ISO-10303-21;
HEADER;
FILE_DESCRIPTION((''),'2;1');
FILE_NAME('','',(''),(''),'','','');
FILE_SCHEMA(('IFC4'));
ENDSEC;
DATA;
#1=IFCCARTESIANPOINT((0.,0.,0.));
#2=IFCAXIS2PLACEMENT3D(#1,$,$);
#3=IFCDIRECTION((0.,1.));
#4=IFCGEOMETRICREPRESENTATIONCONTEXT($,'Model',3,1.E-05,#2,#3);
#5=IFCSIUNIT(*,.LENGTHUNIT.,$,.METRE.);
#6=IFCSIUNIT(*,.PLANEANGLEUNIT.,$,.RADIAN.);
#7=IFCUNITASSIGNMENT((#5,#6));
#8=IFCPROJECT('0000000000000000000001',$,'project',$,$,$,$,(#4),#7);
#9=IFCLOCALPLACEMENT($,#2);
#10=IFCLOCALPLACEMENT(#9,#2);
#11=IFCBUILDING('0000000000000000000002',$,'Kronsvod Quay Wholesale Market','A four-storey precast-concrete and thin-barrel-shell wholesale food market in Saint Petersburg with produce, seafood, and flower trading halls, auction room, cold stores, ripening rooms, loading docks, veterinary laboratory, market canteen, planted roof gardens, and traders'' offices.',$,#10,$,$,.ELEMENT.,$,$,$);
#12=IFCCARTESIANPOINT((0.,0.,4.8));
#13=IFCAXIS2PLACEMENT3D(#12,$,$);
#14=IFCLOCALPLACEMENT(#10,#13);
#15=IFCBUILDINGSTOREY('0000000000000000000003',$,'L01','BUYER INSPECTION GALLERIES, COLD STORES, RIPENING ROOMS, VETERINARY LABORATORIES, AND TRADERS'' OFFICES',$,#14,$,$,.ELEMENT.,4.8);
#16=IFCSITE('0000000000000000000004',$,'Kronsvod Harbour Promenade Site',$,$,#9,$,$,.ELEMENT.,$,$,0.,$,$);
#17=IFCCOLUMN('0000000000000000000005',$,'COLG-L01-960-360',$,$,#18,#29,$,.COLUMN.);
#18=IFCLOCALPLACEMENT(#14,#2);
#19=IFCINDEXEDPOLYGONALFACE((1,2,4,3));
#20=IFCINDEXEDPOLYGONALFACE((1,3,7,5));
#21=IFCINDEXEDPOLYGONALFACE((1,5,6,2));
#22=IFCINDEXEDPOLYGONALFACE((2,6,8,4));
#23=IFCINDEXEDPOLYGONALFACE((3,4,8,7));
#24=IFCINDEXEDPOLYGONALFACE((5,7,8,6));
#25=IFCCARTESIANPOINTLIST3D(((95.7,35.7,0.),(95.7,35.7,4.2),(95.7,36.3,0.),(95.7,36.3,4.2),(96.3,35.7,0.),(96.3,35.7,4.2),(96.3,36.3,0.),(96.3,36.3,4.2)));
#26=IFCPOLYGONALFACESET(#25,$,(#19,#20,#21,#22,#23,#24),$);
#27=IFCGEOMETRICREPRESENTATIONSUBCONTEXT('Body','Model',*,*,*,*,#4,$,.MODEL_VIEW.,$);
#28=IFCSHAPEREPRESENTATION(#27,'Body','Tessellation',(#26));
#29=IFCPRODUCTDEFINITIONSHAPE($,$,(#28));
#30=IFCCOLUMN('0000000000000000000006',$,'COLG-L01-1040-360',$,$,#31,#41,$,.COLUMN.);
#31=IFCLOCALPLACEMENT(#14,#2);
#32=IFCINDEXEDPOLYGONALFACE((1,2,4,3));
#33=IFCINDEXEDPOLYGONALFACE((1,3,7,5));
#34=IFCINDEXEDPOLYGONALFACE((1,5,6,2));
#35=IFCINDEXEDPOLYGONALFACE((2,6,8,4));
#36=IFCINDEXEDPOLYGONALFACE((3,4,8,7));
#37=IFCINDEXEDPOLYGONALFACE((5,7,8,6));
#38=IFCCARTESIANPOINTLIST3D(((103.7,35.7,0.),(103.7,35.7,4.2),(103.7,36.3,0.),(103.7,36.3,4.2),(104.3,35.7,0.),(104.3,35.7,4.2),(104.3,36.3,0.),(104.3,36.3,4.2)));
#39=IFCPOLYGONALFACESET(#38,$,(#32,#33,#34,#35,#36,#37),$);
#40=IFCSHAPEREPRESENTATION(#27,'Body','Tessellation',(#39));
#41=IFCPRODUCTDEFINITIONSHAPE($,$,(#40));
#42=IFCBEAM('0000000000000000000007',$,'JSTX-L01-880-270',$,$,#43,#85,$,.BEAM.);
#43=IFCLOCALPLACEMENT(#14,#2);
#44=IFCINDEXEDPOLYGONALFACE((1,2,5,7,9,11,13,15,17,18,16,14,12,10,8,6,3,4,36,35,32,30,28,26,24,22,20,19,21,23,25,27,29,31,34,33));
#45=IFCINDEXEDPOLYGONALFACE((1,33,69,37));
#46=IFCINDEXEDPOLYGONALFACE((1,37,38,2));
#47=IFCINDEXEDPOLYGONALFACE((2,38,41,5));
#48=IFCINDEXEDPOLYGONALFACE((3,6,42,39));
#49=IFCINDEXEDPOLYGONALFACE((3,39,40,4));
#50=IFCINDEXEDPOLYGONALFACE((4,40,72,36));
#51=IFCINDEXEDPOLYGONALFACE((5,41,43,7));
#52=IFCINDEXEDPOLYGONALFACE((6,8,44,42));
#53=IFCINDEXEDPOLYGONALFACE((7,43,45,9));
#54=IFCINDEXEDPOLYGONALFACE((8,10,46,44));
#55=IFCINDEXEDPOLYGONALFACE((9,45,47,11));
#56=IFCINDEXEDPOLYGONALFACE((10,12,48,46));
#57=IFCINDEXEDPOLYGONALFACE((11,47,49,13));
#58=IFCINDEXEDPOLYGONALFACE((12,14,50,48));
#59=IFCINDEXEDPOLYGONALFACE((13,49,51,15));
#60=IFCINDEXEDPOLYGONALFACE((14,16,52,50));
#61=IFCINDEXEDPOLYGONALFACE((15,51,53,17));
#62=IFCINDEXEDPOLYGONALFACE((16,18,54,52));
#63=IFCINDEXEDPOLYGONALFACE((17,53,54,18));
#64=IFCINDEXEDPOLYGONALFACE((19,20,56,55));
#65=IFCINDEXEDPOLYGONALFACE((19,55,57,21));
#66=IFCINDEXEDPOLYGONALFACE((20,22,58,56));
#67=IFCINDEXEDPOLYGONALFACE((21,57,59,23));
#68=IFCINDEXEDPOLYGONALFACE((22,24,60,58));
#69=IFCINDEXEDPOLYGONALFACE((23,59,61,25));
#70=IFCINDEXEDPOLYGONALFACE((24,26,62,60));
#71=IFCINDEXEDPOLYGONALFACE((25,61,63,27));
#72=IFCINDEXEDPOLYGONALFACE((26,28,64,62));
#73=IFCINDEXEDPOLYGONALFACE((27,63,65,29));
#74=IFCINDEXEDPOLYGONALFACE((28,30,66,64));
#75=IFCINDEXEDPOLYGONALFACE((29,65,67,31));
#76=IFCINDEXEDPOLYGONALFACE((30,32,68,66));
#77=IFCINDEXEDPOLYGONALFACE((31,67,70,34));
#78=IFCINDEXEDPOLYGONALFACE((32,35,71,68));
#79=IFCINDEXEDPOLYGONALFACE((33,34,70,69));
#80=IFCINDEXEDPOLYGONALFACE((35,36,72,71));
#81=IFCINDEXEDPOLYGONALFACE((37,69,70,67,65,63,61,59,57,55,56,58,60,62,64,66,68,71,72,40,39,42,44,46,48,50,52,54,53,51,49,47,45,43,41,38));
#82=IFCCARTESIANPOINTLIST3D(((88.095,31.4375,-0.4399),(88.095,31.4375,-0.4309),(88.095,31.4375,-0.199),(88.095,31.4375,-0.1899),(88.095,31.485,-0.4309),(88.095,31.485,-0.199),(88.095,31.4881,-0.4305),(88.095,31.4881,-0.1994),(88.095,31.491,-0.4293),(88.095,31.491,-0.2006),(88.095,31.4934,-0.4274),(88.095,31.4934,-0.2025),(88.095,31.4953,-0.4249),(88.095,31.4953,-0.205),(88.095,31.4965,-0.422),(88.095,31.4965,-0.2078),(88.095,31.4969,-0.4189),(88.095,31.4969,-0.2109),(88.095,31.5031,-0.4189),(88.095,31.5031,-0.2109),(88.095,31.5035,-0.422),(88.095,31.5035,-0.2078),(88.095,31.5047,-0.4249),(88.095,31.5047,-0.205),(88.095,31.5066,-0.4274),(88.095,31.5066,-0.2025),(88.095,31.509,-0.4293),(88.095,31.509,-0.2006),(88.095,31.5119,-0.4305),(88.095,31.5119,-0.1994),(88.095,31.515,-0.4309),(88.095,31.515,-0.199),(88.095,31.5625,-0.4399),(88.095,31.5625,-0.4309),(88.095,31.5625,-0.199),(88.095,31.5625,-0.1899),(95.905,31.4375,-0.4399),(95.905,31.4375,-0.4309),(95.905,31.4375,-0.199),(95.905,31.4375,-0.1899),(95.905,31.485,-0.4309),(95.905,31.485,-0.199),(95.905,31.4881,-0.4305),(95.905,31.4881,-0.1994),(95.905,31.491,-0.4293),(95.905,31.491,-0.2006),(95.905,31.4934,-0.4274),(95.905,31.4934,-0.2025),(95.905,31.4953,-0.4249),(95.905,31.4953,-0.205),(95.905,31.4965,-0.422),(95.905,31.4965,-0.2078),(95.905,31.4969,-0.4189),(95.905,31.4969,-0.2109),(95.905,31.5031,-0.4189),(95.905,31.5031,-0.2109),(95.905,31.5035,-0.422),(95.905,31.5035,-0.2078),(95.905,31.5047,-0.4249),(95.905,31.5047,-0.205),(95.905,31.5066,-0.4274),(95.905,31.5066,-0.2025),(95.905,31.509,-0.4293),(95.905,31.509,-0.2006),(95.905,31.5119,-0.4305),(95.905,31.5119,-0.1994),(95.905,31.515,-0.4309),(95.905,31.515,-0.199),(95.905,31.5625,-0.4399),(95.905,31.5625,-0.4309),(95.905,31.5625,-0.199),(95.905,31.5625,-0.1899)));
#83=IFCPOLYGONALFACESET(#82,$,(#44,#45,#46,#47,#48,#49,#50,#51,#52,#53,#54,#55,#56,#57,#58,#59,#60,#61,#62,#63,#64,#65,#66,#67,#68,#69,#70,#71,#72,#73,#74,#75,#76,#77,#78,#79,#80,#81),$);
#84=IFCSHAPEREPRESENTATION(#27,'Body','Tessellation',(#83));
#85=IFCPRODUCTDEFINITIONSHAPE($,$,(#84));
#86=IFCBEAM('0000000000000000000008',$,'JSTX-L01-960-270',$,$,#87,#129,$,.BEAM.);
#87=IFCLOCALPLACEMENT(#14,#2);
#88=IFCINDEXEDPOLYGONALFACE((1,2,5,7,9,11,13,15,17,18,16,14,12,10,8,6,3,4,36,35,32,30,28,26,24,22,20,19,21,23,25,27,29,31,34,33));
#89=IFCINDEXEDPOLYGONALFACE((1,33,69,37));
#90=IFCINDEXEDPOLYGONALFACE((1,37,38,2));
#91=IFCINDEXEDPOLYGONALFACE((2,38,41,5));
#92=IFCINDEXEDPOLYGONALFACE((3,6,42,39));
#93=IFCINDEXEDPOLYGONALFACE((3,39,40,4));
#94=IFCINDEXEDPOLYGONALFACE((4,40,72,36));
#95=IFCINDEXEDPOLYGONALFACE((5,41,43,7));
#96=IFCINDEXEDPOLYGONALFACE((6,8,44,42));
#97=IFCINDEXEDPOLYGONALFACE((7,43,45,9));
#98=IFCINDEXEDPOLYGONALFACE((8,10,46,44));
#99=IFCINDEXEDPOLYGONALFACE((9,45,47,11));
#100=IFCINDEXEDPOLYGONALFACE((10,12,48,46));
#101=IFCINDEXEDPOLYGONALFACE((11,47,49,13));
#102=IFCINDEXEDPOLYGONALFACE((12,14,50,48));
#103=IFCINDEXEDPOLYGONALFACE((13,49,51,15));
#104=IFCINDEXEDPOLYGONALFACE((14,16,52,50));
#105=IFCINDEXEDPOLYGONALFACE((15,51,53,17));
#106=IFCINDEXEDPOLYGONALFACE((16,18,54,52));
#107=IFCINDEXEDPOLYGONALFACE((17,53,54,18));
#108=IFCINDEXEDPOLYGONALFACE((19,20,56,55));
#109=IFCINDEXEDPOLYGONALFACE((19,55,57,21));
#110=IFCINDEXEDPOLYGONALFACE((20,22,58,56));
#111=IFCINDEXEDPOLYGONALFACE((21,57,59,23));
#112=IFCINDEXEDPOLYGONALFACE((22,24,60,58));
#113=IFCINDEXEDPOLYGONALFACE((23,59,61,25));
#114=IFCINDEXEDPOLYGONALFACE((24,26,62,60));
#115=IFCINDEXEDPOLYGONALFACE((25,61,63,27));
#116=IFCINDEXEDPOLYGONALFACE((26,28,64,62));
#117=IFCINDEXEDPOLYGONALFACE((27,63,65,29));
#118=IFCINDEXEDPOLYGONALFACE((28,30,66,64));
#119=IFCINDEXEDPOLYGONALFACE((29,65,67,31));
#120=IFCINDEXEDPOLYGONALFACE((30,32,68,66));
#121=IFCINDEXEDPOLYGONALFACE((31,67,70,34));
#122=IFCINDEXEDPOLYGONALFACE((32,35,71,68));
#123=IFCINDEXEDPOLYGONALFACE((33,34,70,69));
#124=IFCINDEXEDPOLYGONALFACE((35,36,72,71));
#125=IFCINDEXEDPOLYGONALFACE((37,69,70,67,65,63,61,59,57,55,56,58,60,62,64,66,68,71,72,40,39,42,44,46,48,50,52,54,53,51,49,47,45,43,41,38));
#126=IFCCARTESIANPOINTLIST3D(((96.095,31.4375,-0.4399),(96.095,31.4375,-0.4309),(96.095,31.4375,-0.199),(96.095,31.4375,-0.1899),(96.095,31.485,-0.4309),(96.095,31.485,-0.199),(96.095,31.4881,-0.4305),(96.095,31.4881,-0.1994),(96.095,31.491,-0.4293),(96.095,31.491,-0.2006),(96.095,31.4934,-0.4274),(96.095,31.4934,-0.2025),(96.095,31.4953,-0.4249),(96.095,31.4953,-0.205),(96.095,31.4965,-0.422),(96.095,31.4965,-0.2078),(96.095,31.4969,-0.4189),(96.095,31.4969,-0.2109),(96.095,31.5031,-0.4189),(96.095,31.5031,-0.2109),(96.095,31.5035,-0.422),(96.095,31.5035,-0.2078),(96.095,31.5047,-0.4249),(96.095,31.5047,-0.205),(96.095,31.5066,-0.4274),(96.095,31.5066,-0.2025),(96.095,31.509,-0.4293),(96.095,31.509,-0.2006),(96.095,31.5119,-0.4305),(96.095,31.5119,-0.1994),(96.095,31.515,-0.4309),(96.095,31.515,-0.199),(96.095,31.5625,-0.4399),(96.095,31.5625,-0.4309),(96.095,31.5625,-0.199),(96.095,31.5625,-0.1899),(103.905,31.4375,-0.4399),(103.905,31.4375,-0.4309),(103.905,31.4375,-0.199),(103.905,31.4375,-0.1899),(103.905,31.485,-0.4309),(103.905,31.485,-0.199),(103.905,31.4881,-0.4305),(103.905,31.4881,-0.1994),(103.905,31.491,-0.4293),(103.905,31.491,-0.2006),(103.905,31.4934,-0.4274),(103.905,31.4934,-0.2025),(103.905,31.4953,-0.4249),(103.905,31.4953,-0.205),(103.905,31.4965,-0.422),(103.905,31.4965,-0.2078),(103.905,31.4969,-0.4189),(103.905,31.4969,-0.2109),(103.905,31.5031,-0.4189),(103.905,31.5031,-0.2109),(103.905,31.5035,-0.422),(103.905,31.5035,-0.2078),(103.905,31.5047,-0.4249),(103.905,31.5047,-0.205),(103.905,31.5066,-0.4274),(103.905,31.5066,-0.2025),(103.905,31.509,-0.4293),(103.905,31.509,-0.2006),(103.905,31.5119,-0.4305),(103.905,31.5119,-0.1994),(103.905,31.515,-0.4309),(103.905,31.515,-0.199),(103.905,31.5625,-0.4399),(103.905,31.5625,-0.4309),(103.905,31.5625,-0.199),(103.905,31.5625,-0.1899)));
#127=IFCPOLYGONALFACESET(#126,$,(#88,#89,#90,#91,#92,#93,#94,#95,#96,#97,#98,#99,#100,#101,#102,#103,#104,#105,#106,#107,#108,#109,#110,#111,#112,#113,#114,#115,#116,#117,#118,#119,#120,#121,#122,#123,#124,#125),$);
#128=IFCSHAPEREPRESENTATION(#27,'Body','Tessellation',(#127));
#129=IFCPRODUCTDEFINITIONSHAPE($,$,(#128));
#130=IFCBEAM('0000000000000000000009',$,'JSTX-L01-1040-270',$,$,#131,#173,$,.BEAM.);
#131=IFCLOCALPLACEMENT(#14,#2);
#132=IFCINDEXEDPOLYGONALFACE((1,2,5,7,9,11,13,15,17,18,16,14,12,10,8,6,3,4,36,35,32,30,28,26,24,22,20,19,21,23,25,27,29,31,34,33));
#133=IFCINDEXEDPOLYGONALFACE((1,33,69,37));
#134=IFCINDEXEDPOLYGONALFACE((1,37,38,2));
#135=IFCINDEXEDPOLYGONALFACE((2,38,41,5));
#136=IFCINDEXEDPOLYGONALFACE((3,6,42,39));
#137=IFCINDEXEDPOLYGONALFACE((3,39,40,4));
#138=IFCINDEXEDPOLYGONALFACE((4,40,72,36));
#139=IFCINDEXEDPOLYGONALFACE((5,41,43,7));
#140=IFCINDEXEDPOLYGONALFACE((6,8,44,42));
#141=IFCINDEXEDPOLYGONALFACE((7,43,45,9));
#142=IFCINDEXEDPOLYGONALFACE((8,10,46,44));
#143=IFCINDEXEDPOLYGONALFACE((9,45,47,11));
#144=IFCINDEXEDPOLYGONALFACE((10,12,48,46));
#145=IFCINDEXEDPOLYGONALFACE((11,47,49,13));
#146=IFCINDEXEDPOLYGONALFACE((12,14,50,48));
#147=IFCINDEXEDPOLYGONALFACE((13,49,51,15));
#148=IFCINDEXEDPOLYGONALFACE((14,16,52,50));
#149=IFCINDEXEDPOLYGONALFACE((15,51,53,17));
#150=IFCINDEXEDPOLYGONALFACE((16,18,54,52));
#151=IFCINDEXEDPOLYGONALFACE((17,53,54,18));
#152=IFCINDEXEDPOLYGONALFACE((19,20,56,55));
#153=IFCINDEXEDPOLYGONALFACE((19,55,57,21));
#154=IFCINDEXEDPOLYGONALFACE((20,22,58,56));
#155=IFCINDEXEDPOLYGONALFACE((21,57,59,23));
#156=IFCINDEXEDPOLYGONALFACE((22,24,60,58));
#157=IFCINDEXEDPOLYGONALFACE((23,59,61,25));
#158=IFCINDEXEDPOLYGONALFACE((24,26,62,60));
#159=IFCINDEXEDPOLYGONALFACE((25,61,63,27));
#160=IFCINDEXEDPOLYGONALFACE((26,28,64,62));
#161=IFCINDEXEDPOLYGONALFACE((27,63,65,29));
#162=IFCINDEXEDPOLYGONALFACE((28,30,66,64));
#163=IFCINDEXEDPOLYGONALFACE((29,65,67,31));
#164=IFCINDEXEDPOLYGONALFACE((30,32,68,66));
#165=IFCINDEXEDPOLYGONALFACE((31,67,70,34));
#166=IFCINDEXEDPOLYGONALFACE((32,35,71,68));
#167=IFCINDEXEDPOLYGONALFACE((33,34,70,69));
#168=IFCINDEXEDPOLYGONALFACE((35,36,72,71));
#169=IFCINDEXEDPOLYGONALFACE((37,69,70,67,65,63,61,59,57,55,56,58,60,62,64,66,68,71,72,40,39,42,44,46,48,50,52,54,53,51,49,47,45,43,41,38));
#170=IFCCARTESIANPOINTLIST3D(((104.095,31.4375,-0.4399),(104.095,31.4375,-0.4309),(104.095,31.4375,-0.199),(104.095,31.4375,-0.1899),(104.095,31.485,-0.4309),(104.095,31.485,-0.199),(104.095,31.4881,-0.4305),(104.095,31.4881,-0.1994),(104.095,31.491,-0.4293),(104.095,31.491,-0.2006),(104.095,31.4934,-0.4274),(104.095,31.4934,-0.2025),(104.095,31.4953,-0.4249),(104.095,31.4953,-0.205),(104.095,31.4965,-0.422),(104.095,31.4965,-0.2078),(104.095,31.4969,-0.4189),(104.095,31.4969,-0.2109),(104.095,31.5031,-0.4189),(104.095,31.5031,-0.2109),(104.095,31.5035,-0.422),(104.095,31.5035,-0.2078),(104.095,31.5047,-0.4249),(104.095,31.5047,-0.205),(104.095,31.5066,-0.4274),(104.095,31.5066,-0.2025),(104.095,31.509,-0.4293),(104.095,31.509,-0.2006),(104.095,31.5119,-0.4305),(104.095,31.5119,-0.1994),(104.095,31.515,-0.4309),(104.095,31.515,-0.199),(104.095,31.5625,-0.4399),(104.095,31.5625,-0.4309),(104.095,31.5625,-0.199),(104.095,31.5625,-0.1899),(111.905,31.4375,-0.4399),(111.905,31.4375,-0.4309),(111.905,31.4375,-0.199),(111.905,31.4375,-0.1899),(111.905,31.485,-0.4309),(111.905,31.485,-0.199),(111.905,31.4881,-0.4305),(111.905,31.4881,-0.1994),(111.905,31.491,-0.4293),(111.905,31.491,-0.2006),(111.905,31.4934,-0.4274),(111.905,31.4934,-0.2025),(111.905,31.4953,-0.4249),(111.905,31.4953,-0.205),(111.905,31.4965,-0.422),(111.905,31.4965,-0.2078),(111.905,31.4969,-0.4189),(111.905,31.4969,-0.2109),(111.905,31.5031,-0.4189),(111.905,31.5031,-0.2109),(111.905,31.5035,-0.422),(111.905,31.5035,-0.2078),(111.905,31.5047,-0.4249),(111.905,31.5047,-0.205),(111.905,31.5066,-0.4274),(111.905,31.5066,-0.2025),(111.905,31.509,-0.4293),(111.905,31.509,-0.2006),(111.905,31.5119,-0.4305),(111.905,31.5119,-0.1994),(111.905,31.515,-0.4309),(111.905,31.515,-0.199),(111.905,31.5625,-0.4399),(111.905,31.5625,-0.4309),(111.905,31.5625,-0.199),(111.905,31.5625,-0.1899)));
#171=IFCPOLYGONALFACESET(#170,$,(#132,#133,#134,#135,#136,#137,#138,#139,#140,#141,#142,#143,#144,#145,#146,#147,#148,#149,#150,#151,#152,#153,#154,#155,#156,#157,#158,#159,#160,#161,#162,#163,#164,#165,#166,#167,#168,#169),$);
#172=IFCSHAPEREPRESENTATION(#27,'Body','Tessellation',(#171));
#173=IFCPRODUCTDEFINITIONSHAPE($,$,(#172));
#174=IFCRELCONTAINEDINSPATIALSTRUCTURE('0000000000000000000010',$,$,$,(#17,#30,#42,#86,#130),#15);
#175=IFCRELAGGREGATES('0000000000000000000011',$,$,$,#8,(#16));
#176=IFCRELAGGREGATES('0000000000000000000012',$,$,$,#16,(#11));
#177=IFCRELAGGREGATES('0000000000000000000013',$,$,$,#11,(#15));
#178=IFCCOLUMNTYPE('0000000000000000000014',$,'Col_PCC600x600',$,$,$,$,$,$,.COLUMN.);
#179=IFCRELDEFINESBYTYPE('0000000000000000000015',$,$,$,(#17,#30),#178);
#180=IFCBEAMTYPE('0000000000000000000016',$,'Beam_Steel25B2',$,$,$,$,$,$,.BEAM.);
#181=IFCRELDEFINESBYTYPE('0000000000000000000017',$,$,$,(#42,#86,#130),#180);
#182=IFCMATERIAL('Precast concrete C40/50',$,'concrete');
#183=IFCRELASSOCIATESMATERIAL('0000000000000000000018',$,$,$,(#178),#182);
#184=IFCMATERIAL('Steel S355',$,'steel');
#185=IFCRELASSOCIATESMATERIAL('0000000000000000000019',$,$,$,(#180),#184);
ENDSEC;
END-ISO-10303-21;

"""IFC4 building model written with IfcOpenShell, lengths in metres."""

from ifc_helpers import new_model, si_unit, direction, frame, origin, origin_2d, place, context, subcontext, project, spatial, rectangle, i_section, extrude, material, material_profile, profile_set, type_object, element, save


model = new_model("IFC4")

# Units and contexts
model_context = context("Model", 3, precision=1e-05, world=origin(), true_north=direction((0.0, 1.0)))
body_context = subcontext(model_context, "Body", "Model", "MODEL_VIEW")
ifc_project = project(units=[si_unit("LENGTHUNIT", "METRE"), si_unit("PLANEANGLEUNIT", "RADIAN")], contexts=[model_context])

# Site, building, storey
site_placement = place(None, origin())
site = spatial("IfcSite", under=ifc_project, at=site_placement, Name="Kronsvod Harbour Promenade Site", CompositionType="ELEMENT", RefElevation=0.0)
building_placement = place(site_placement, origin())
building = spatial("IfcBuilding", under=site, at=building_placement, Name="Kronsvod Quay Wholesale Market", Description="A four-storey precast-concrete and thin-barrel-shell wholesale food market in Saint Petersburg with produce, seafood, and flower trading halls, auction room, cold stores, ripening rooms, loading docks, veterinary laboratory, market canteen, planted roof gardens, and traders' offices.", CompositionType="ELEMENT")
storey_placement = place(building_placement, frame((0.0, 0.0, 4.8)))
storey = spatial("IfcBuildingStorey", under=building, at=storey_placement, Name="L01", Description="BUYER INSPECTION GALLERIES, COLD STORES, RIPENING ROOMS, VETERINARY LABORATORIES, AND TRADERS' OFFICES", CompositionType="ELEMENT", Elevation=4.8)

# Columns
ifc_material_1 = material(Name="Precast concrete C40/50", Category="concrete")
ifc_material_profile_1 = material_profile(ifc_material_1, rectangle(XDim=0.6001, YDim=0.6001, at=origin_2d()), Name="PCC600x600")
ifc_profile_set_1 = profile_set([ifc_material_profile_1], Name="Precast concrete C40/50")
column_type = type_object("IfcColumnType", Name="Col_PCC600x600", PredefinedType="COLUMN", material=ifc_profile_set_1)
for number, where, z_axis, x_axis, name in (
    (1, (96.0, 36.0, 0.0), (0.0, 0.0, 1.0), (1.0, 0.0, 0.0), "COLG-L01-960-360"),
    (2, (104.0, 36.0, 0.0), (0.0, 0.0, 1.0), (1.0, 0.0, 0.0), "COLG-L01-1040-360"),
):
    element("IfcColumn", number, at=place(storey_placement, frame(where, z_axis=z_axis, x_axis=x_axis)), inside=storey, type_object=column_type, Name=name, PredefinedType="COLUMN", context=body_context, shape_type="SweptSolid", body=[
        extrude(rectangle(XDim=0.6001, YDim=0.6001, at=origin_2d()), origin(), (0.0, 0.0, 1.0), 4.2),
    ])

# Beams
ifc_material_2 = material(Name="Steel S355", Category="steel")
ifc_material_profile_2 = material_profile(ifc_material_2, i_section(OverallWidth=0.125, OverallDepth=0.25, WebThickness=0.0061, FlangeThickness=0.009, FilletRadius=0.012, at=origin_2d()), Name="25B2")
ifc_profile_set_2 = profile_set([ifc_material_profile_2], Name="Steel S355")
beam_type_1 = type_object("IfcBeamType", Name="Beam_Steel25B2", PredefinedType="BEAM", material=ifc_profile_set_2)
for number, where, z_axis, x_axis, name in (
    (3, (88.095, 31.5, -0.3149), (1.0, 0.0, 0.0), (0.0, 1.0, 0.0), "JSTX-L01-880-270"),
    (4, (96.095, 31.5, -0.3149), (1.0, 0.0, 0.0), (0.0, 1.0, 0.0), "JSTX-L01-960-270"),
    (5, (104.095, 31.5, -0.3149), (1.0, 0.0, 0.0), (0.0, 1.0, 0.0), "JSTX-L01-1040-270"),
):
    element("IfcBeam", number, at=place(storey_placement, frame(where, z_axis=z_axis, x_axis=x_axis)), inside=storey, type_object=beam_type_1, Name=name, PredefinedType="BEAM", context=body_context, shape_type="SweptSolid", body=[
        extrude(i_section(OverallWidth=0.125, OverallDepth=0.25, WebThickness=0.0061, FlangeThickness=0.009, FilletRadius=0.012, at=origin_2d()), origin(), (0.0, 0.0, 1.0), 7.8101),
    ])

save(model, "model.ifc")
